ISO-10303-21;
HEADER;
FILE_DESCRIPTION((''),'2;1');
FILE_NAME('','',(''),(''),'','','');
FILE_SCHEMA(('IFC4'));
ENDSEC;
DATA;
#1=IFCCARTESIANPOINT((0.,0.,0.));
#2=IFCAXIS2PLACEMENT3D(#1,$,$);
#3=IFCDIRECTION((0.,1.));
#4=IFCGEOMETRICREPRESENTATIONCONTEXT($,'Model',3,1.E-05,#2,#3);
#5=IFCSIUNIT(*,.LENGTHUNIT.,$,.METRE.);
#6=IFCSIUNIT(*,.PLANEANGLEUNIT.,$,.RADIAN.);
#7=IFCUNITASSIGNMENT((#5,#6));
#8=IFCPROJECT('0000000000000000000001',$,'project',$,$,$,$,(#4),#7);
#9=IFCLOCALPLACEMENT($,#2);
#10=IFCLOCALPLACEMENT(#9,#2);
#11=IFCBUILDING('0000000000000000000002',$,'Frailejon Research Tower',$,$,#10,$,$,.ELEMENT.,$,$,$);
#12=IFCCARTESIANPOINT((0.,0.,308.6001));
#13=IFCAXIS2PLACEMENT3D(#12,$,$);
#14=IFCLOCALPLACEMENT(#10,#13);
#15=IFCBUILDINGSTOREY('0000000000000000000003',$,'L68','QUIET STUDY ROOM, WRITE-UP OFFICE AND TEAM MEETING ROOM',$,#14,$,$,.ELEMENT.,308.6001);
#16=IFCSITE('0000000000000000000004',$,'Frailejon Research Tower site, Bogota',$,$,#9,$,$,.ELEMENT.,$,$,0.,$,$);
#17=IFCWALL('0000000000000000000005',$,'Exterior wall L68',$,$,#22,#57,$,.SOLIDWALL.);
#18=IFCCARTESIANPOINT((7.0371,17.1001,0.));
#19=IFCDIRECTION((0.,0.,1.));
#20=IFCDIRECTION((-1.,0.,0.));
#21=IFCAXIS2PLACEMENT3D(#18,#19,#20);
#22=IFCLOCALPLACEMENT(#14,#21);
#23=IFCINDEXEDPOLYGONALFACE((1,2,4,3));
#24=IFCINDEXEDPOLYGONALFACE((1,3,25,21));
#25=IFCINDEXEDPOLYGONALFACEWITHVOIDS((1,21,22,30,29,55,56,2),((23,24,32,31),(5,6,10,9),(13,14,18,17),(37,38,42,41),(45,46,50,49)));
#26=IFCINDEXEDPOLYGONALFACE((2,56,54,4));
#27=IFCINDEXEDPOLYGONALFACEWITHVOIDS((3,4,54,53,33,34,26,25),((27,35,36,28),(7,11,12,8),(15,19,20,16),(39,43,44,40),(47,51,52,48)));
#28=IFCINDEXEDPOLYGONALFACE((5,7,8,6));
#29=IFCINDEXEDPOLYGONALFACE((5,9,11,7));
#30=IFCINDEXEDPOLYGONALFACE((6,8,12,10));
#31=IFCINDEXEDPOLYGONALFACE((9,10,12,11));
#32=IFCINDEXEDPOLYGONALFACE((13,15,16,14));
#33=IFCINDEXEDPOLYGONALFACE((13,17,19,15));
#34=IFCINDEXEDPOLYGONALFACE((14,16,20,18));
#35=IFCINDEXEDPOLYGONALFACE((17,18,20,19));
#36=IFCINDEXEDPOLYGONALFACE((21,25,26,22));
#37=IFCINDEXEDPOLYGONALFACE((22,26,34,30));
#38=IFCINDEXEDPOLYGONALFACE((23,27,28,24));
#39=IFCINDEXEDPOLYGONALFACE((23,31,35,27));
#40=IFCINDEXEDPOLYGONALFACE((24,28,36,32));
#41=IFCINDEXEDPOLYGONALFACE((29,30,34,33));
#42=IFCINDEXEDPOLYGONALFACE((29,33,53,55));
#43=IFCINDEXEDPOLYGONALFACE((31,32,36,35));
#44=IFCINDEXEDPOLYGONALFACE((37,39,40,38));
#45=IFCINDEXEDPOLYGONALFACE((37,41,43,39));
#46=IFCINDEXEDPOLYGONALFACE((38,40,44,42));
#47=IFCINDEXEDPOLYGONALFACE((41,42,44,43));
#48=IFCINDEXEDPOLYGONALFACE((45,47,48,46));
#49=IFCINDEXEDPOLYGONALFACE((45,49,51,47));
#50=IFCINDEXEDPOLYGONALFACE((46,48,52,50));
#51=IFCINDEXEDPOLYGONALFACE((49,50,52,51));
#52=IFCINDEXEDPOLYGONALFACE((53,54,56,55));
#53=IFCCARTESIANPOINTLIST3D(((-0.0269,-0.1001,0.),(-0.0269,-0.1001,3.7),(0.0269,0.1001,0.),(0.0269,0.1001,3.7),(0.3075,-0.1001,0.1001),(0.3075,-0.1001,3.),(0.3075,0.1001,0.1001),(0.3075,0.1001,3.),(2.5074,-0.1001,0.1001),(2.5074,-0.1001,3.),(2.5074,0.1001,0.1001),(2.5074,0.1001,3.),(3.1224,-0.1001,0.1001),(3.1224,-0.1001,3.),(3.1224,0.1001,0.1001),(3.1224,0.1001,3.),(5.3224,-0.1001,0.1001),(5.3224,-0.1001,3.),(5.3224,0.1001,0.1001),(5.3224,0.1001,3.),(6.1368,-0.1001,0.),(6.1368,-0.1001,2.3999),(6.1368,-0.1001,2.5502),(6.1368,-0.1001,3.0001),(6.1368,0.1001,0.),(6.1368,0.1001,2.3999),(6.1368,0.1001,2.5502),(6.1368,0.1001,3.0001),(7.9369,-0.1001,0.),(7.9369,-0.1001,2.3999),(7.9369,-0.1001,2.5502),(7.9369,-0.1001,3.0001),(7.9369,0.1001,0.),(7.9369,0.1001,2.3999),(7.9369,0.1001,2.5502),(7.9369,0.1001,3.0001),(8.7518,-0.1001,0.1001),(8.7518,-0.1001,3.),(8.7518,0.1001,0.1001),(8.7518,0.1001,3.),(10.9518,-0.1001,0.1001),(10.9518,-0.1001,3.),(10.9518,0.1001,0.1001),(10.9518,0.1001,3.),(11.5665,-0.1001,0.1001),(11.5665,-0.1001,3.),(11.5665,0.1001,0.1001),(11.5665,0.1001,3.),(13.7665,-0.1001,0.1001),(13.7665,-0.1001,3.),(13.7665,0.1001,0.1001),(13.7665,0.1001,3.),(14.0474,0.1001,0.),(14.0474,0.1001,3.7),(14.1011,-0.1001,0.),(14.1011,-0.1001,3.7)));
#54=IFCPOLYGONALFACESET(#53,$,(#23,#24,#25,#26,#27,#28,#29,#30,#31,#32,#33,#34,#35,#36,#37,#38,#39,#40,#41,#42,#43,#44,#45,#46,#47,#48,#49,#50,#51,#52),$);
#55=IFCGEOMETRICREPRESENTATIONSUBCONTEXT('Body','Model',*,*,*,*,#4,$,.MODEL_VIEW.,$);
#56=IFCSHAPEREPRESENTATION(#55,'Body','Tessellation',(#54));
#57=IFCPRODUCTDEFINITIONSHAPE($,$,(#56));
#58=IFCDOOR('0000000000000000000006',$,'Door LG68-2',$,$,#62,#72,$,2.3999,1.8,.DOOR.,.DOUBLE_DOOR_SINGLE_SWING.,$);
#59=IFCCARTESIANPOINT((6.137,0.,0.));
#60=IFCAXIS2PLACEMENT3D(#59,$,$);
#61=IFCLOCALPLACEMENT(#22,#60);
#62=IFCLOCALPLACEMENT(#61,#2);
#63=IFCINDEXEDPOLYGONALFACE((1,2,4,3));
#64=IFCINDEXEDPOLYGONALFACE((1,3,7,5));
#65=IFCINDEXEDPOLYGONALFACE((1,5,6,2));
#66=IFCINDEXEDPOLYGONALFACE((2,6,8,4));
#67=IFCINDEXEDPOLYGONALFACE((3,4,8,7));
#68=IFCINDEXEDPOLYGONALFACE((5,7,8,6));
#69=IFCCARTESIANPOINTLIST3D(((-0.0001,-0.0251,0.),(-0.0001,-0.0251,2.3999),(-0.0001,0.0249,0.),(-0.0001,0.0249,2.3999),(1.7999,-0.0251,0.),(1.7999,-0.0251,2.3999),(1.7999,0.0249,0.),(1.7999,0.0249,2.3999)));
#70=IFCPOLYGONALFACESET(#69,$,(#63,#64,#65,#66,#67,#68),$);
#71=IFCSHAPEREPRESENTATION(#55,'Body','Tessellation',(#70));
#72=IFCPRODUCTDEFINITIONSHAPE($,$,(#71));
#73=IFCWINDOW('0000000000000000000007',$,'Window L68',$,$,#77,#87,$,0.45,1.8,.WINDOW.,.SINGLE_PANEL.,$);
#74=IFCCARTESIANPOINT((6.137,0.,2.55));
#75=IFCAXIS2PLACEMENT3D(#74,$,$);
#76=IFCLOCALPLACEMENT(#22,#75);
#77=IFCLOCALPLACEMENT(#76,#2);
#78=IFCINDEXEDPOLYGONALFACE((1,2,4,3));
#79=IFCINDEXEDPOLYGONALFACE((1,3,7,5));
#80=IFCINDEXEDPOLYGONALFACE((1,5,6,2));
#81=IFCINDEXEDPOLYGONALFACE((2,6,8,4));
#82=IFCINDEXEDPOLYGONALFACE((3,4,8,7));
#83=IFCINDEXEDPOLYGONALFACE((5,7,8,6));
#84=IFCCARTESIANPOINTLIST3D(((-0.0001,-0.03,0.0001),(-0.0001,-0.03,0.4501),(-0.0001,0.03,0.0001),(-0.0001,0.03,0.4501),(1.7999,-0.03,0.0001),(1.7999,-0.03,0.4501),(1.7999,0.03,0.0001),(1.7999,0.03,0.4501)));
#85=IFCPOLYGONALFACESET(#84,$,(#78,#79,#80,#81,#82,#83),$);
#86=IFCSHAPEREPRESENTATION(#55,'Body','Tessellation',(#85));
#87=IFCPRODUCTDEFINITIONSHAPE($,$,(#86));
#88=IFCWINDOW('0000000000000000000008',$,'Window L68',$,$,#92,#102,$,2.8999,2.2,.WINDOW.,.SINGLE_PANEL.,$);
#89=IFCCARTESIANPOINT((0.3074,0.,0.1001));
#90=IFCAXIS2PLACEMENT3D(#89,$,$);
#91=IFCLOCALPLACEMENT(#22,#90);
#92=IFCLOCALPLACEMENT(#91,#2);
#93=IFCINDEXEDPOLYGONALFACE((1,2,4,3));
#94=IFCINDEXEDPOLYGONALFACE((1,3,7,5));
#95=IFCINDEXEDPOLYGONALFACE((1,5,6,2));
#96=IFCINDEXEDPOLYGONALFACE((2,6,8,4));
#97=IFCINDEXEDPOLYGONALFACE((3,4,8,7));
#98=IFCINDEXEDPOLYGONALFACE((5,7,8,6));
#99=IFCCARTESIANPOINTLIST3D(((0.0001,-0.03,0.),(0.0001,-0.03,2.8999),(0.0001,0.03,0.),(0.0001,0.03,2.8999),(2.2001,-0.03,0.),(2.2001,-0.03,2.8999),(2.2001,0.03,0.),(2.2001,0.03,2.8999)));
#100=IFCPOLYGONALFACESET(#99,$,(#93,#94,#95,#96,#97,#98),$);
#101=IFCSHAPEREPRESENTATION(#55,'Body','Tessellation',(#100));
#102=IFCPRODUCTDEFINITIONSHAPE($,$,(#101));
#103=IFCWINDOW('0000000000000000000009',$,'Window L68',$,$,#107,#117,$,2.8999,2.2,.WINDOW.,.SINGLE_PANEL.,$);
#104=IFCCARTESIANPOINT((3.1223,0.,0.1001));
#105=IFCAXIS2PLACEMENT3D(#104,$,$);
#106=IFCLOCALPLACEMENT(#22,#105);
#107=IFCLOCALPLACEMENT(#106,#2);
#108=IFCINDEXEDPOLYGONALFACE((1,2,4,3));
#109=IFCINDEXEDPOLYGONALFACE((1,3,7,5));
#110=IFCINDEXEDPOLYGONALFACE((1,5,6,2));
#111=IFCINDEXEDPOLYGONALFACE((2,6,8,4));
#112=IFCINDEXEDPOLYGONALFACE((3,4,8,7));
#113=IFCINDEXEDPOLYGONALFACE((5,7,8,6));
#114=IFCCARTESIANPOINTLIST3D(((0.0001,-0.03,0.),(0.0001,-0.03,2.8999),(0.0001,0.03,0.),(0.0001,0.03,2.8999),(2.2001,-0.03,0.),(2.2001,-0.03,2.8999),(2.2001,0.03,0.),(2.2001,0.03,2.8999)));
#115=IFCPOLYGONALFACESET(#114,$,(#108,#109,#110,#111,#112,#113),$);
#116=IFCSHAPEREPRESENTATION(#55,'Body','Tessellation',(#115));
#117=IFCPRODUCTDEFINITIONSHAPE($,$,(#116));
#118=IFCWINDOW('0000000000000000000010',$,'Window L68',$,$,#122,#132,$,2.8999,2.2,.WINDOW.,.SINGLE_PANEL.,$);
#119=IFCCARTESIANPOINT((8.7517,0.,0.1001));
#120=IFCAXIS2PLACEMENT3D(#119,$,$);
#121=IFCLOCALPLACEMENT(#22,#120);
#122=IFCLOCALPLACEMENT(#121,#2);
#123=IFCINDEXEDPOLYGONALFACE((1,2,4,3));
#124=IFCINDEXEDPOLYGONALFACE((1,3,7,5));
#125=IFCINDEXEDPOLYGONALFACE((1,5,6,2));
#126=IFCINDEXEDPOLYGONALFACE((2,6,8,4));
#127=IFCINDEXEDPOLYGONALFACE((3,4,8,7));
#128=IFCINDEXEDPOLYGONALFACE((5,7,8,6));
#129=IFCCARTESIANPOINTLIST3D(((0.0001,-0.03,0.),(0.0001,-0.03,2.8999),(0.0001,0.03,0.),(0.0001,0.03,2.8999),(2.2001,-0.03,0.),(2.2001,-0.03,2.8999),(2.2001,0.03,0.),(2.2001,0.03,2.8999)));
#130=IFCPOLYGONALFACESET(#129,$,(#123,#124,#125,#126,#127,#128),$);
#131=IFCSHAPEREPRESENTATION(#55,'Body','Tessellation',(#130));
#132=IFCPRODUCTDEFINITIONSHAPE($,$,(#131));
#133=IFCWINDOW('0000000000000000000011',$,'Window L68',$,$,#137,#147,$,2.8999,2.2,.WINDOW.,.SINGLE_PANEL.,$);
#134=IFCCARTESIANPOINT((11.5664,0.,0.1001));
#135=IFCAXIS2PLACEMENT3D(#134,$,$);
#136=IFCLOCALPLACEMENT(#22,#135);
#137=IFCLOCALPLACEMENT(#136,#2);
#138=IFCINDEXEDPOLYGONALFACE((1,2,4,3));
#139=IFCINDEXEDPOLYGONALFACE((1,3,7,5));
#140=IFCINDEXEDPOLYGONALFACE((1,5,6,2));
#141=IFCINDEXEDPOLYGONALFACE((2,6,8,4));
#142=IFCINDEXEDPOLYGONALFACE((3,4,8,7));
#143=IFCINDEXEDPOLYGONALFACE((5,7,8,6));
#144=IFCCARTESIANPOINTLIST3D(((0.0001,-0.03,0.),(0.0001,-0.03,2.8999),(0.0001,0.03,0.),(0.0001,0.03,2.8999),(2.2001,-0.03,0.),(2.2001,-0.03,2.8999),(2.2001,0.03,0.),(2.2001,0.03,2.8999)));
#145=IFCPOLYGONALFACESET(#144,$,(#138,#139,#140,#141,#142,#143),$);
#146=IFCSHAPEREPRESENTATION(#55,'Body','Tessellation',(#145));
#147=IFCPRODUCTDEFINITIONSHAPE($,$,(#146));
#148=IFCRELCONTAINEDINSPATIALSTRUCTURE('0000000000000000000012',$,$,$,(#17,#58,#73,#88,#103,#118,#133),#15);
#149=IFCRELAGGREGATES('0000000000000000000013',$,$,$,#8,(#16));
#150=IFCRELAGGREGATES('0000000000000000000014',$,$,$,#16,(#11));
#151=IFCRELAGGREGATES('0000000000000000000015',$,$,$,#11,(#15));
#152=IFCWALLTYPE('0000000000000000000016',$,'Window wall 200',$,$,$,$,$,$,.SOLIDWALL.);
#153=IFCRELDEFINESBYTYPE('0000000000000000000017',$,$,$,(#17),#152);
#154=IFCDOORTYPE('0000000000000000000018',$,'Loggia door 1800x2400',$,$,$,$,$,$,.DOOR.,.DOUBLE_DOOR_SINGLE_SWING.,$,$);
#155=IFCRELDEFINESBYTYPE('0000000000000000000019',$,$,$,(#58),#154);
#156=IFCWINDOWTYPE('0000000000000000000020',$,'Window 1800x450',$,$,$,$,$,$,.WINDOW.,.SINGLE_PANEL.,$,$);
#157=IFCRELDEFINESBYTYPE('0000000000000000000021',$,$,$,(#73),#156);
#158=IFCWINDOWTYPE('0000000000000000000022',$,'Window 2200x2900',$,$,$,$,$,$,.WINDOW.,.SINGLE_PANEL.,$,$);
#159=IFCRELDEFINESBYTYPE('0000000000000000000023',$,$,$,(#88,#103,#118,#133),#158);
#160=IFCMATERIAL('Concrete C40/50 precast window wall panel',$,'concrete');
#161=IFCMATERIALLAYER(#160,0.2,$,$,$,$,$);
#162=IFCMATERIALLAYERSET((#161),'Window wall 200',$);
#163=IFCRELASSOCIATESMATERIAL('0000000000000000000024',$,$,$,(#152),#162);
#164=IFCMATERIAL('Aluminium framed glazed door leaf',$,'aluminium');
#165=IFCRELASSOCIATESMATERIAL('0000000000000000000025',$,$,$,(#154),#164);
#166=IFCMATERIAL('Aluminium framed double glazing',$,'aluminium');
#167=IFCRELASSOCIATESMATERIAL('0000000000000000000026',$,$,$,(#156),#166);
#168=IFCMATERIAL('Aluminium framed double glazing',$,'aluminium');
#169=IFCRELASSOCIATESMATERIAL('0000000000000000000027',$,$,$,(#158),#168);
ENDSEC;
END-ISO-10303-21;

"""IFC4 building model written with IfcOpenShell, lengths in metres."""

from ifc_helpers import new_model, si_unit, direction, frame, frame_2d, origin, place, context, subcontext, project, spatial, polyline, rectangle, outline, extrude, material, layer, layer_set, type_object, element, fill, save


model = new_model("IFC4")

# Units and contexts
model_context = context("Model", 3, precision=1e-05, world=origin(), true_north=direction((0.0, 1.0)))
body_context = subcontext(model_context, "Body", "Model", "MODEL_VIEW")
ifc_project = project(units=[si_unit("LENGTHUNIT", "METRE"), si_unit("PLANEANGLEUNIT", "RADIAN")], contexts=[model_context])

# Site, building, storey
site_placement = place(None, origin())
site = spatial("IfcSite", under=ifc_project, at=site_placement, Name="Frailejon Research Tower site, Bogota", CompositionType="ELEMENT", RefElevation=0.0)
building_placement = place(site_placement, origin())
building = spatial("IfcBuilding", under=site, at=building_placement, Name="Frailejon Research Tower", CompositionType="ELEMENT")
storey_placement = place(building_placement, frame((0.0, 0.0, 308.6001)))
storey = spatial("IfcBuildingStorey", under=building, at=storey_placement, Name="L68", Description="QUIET STUDY ROOM, WRITE-UP OFFICE AND TEAM MEETING ROOM", CompositionType="ELEMENT", Elevation=308.6001)

# Wall, openings, door, windows
ifc_material_1 = material(Name="Concrete C40/50 precast window wall panel", Category="concrete")
ifc_layer_1 = layer(ifc_material_1, 0.2)
ifc_layer_set_1 = layer_set([ifc_layer_1], Name="Window wall 200")
wall_type = type_object("IfcWallType", Name="Window wall 200", PredefinedType="SOLIDWALL", material=ifc_layer_set_1)
wall_placement = place(storey_placement, frame((7.0371, 17.1001, 0.0), z_axis=(0.0, 0.0, 1.0), x_axis=(-1.0, 0.0, 0.0)))
wall = element("IfcWall", 1, at=wall_placement, inside=storey, type_object=wall_type, Name="Exterior wall L68", PredefinedType="SOLIDWALL", context=body_context, shape_type="SweptSolid", body=[
    extrude(outline(polyline([(-0.0269, -0.1001), (0.9822, -0.1001), (1.9915, -0.1001), (3.0005, -0.1001), (4.0098, -0.1001), (5.0188, -0.1001), (6.0281, -0.1001), (7.0371, -0.1001), (8.0461, -0.1001), (9.0554, -0.1001), (10.0645, -0.1001), (11.0737, -0.1001), (12.0828, -0.1001), (13.092, -0.1001), (14.1011, -0.1001), (14.0474, 0.1001), (13.0459, 0.1001), (12.0444, 0.1001), (11.043, 0.1001), (10.0415, 0.1001), (9.04, 0.1001), (8.0386, 0.1001), (7.0371, 0.1001), (6.0356, 0.1001), (5.0342, 0.1001), (4.0327, 0.1001), (3.0312, 0.1001), (2.0298, 0.1001), (1.0283, 0.1001), (0.0269, 0.1001), (-0.0269, -0.1001)])), origin(), (0.0, 0.0, 1.0), 3.7),
])
opening_1_placement = place(wall_placement, frame((0.3074, 0.0, 0.1001)))
opening_1 = element("IfcOpeningElement", 2, at=opening_1_placement, cuts=wall, PredefinedType="OPENING", context=body_context, shape_type="SweptSolid", body=[
    extrude(rectangle(XDim=2.2, YDim=2.8999, at=frame_2d((1.1001, 1.45))), frame((0.0, 0.1099, 0.0), z_axis=(0.0, -1.0, 0.0), x_axis=(1.0, 0.0, 0.0)), (0.0, 0.0, 1.0), 0.22),
])
opening_2_placement = place(wall_placement, frame((3.1223, 0.0, 0.1001)))
opening_2 = element("IfcOpeningElement", 3, at=opening_2_placement, cuts=wall, PredefinedType="OPENING", context=body_context, shape_type="SweptSolid", body=[
    extrude(rectangle(XDim=2.2, YDim=2.8999, at=frame_2d((1.1001, 1.45))), frame((0.0, 0.1099, 0.0), z_axis=(0.0, -1.0, 0.0), x_axis=(1.0, 0.0, 0.0)), (0.0, 0.0, 1.0), 0.22),
])
opening_3_placement = place(wall_placement, frame((6.137, 0.0, 0.0)))
opening_3 = element("IfcOpeningElement", 4, at=opening_3_placement, cuts=wall, PredefinedType="OPENING", context=body_context, shape_type="SweptSolid", body=[
    extrude(rectangle(XDim=1.8, YDim=2.3999, at=frame_2d((0.8999, 1.2))), frame((0.0, 0.1099, 0.0), z_axis=(0.0, -1.0, 0.0), x_axis=(1.0, 0.0, 0.0)), (0.0, 0.0, 1.0), 0.22),
])
opening_4_placement = place(wall_placement, frame((6.137, 0.0, 2.55)))
opening_4 = element("IfcOpeningElement", 5, at=opening_4_placement, cuts=wall, PredefinedType="OPENING", context=body_context, shape_type="SweptSolid", body=[
    extrude(rectangle(XDim=1.8, YDim=0.45, at=frame_2d((0.8999, 0.2251))), frame((0.0, 0.1099, 0.0), z_axis=(0.0, -1.0, 0.0), x_axis=(1.0, 0.0, 0.0)), (0.0, 0.0, 1.0), 0.22),
])
opening_5_placement = place(wall_placement, frame((8.7517, 0.0, 0.1001)))
opening_5 = element("IfcOpeningElement", 6, at=opening_5_placement, cuts=wall, PredefinedType="OPENING", context=body_context, shape_type="SweptSolid", body=[
    extrude(rectangle(XDim=2.2, YDim=2.8999, at=frame_2d((1.1001, 1.45))), frame((0.0, 0.1099, 0.0), z_axis=(0.0, -1.0, 0.0), x_axis=(1.0, 0.0, 0.0)), (0.0, 0.0, 1.0), 0.22),
])
opening_6_placement = place(wall_placement, frame((11.5664, 0.0, 0.1001)))
opening_6 = element("IfcOpeningElement", 7, at=opening_6_placement, cuts=wall, PredefinedType="OPENING", context=body_context, shape_type="SweptSolid", body=[
    extrude(rectangle(XDim=2.2, YDim=2.8999, at=frame_2d((1.1001, 1.45))), frame((0.0, 0.1099, 0.0), z_axis=(0.0, -1.0, 0.0), x_axis=(1.0, 0.0, 0.0)), (0.0, 0.0, 1.0), 0.22),
])
ifc_material_2 = material(Name="Aluminium framed glazed door leaf", Category="aluminium")
door_type = type_object("IfcDoorType", Name="Loggia door 1800x2400", OperationType="DOUBLE_DOOR_SINGLE_SWING", PredefinedType="DOOR", material=ifc_material_2)
door_placement = place(opening_3_placement, origin())
door = element("IfcDoor", 8, at=door_placement, inside=storey, type_object=door_type, Name="Door LG68-2", OperationType="DOUBLE_DOOR_SINGLE_SWING", OverallHeight=2.3999, OverallWidth=1.8, PredefinedType="DOOR", context=body_context, shape_type="SweptSolid", body=[
    extrude(rectangle(XDim=1.8, YDim=2.3999, at=frame_2d((0.8999, 1.2))), frame((0.0, 0.0249, 0.0), z_axis=(0.0, -1.0, 0.0), x_axis=(1.0, 0.0, 0.0)), (0.0, 0.0, 1.0), 0.05),
])
fill(opening_3, door)
ifc_material_3 = material(Name="Aluminium framed double glazing", Category="aluminium")
window_type_1 = type_object("IfcWindowType", Name="Window 1800x450", PartitioningType="SINGLE_PANEL", PredefinedType="WINDOW", material=ifc_material_3)
window_1_placement = place(opening_4_placement, origin())
window_1 = element("IfcWindow", 9, at=window_1_placement, inside=storey, type_object=window_type_1, Name="Window L68", OverallHeight=0.45, OverallWidth=1.8, PartitioningType="SINGLE_PANEL", PredefinedType="WINDOW", context=body_context, shape_type="SweptSolid", body=[
    extrude(rectangle(XDim=1.8, YDim=0.45, at=frame_2d((0.8999, 0.2251))), frame((0.0, 0.03, 0.0), z_axis=(0.0, -1.0, 0.0), x_axis=(1.0, 0.0, 0.0)), (0.0, 0.0, 1.0), 0.0601),
])
fill(opening_4, window_1)
ifc_material_4 = material(Name="Aluminium framed double glazing", Category="aluminium")
window_type_2 = type_object("IfcWindowType", Name="Window 2200x2900", PartitioningType="SINGLE_PANEL", PredefinedType="WINDOW", material=ifc_material_4)
window_2_placement = place(opening_1_placement, origin())
window_2 = element("IfcWindow", 10, at=window_2_placement, inside=storey, type_object=window_type_2, Name="Window L68", OverallHeight=2.8999, OverallWidth=2.2, PartitioningType="SINGLE_PANEL", PredefinedType="WINDOW", context=body_context, shape_type="SweptSolid", body=[
    extrude(rectangle(XDim=2.2, YDim=2.8999, at=frame_2d((1.1001, 1.45))), frame((0.0, 0.03, 0.0), z_axis=(0.0, -1.0, 0.0), x_axis=(1.0, 0.0, 0.0)), (0.0, 0.0, 1.0), 0.0601),
])
fill(opening_1, window_2)
window_3_placement = place(opening_2_placement, origin())
window_3 = element("IfcWindow", 11, at=window_3_placement, inside=storey, type_object=window_type_2, Name="Window L68", OverallHeight=2.8999, OverallWidth=2.2, PartitioningType="SINGLE_PANEL", PredefinedType="WINDOW", context=body_context, shape_type="SweptSolid", body=[
    extrude(rectangle(XDim=2.2, YDim=2.8999, at=frame_2d((1.1001, 1.45))), frame((0.0, 0.03, 0.0), z_axis=(0.0, -1.0, 0.0), x_axis=(1.0, 0.0, 0.0)), (0.0, 0.0, 1.0), 0.0601),
])
fill(opening_2, window_3)
window_4_placement = place(opening_5_placement, origin())
window_4 = element("IfcWindow", 12, at=window_4_placement, inside=storey, type_object=window_type_2, Name="Window L68", OverallHeight=2.8999, OverallWidth=2.2, PartitioningType="SINGLE_PANEL", PredefinedType="WINDOW", context=body_context, shape_type="SweptSolid", body=[
    extrude(rectangle(XDim=2.2, YDim=2.8999, at=frame_2d((1.1001, 1.45))), frame((0.0, 0.03, 0.0), z_axis=(0.0, -1.0, 0.0), x_axis=(1.0, 0.0, 0.0)), (0.0, 0.0, 1.0), 0.0601),
])
fill(opening_5, window_4)
window_5_placement = place(opening_6_placement, origin())
window_5 = element("IfcWindow", 13, at=window_5_placement, inside=storey, type_object=window_type_2, Name="Window L68", OverallHeight=2.8999, OverallWidth=2.2, PartitioningType="SINGLE_PANEL", PredefinedType="WINDOW", context=body_context, shape_type="SweptSolid", body=[
    extrude(rectangle(XDim=2.2, YDim=2.8999, at=frame_2d((1.1001, 1.45))), frame((0.0, 0.03, 0.0), z_axis=(0.0, -1.0, 0.0), x_axis=(1.0, 0.0, 0.0)), (0.0, 0.0, 1.0), 0.0601),
])
fill(opening_6, window_5)

save(model, "model.ifc")
